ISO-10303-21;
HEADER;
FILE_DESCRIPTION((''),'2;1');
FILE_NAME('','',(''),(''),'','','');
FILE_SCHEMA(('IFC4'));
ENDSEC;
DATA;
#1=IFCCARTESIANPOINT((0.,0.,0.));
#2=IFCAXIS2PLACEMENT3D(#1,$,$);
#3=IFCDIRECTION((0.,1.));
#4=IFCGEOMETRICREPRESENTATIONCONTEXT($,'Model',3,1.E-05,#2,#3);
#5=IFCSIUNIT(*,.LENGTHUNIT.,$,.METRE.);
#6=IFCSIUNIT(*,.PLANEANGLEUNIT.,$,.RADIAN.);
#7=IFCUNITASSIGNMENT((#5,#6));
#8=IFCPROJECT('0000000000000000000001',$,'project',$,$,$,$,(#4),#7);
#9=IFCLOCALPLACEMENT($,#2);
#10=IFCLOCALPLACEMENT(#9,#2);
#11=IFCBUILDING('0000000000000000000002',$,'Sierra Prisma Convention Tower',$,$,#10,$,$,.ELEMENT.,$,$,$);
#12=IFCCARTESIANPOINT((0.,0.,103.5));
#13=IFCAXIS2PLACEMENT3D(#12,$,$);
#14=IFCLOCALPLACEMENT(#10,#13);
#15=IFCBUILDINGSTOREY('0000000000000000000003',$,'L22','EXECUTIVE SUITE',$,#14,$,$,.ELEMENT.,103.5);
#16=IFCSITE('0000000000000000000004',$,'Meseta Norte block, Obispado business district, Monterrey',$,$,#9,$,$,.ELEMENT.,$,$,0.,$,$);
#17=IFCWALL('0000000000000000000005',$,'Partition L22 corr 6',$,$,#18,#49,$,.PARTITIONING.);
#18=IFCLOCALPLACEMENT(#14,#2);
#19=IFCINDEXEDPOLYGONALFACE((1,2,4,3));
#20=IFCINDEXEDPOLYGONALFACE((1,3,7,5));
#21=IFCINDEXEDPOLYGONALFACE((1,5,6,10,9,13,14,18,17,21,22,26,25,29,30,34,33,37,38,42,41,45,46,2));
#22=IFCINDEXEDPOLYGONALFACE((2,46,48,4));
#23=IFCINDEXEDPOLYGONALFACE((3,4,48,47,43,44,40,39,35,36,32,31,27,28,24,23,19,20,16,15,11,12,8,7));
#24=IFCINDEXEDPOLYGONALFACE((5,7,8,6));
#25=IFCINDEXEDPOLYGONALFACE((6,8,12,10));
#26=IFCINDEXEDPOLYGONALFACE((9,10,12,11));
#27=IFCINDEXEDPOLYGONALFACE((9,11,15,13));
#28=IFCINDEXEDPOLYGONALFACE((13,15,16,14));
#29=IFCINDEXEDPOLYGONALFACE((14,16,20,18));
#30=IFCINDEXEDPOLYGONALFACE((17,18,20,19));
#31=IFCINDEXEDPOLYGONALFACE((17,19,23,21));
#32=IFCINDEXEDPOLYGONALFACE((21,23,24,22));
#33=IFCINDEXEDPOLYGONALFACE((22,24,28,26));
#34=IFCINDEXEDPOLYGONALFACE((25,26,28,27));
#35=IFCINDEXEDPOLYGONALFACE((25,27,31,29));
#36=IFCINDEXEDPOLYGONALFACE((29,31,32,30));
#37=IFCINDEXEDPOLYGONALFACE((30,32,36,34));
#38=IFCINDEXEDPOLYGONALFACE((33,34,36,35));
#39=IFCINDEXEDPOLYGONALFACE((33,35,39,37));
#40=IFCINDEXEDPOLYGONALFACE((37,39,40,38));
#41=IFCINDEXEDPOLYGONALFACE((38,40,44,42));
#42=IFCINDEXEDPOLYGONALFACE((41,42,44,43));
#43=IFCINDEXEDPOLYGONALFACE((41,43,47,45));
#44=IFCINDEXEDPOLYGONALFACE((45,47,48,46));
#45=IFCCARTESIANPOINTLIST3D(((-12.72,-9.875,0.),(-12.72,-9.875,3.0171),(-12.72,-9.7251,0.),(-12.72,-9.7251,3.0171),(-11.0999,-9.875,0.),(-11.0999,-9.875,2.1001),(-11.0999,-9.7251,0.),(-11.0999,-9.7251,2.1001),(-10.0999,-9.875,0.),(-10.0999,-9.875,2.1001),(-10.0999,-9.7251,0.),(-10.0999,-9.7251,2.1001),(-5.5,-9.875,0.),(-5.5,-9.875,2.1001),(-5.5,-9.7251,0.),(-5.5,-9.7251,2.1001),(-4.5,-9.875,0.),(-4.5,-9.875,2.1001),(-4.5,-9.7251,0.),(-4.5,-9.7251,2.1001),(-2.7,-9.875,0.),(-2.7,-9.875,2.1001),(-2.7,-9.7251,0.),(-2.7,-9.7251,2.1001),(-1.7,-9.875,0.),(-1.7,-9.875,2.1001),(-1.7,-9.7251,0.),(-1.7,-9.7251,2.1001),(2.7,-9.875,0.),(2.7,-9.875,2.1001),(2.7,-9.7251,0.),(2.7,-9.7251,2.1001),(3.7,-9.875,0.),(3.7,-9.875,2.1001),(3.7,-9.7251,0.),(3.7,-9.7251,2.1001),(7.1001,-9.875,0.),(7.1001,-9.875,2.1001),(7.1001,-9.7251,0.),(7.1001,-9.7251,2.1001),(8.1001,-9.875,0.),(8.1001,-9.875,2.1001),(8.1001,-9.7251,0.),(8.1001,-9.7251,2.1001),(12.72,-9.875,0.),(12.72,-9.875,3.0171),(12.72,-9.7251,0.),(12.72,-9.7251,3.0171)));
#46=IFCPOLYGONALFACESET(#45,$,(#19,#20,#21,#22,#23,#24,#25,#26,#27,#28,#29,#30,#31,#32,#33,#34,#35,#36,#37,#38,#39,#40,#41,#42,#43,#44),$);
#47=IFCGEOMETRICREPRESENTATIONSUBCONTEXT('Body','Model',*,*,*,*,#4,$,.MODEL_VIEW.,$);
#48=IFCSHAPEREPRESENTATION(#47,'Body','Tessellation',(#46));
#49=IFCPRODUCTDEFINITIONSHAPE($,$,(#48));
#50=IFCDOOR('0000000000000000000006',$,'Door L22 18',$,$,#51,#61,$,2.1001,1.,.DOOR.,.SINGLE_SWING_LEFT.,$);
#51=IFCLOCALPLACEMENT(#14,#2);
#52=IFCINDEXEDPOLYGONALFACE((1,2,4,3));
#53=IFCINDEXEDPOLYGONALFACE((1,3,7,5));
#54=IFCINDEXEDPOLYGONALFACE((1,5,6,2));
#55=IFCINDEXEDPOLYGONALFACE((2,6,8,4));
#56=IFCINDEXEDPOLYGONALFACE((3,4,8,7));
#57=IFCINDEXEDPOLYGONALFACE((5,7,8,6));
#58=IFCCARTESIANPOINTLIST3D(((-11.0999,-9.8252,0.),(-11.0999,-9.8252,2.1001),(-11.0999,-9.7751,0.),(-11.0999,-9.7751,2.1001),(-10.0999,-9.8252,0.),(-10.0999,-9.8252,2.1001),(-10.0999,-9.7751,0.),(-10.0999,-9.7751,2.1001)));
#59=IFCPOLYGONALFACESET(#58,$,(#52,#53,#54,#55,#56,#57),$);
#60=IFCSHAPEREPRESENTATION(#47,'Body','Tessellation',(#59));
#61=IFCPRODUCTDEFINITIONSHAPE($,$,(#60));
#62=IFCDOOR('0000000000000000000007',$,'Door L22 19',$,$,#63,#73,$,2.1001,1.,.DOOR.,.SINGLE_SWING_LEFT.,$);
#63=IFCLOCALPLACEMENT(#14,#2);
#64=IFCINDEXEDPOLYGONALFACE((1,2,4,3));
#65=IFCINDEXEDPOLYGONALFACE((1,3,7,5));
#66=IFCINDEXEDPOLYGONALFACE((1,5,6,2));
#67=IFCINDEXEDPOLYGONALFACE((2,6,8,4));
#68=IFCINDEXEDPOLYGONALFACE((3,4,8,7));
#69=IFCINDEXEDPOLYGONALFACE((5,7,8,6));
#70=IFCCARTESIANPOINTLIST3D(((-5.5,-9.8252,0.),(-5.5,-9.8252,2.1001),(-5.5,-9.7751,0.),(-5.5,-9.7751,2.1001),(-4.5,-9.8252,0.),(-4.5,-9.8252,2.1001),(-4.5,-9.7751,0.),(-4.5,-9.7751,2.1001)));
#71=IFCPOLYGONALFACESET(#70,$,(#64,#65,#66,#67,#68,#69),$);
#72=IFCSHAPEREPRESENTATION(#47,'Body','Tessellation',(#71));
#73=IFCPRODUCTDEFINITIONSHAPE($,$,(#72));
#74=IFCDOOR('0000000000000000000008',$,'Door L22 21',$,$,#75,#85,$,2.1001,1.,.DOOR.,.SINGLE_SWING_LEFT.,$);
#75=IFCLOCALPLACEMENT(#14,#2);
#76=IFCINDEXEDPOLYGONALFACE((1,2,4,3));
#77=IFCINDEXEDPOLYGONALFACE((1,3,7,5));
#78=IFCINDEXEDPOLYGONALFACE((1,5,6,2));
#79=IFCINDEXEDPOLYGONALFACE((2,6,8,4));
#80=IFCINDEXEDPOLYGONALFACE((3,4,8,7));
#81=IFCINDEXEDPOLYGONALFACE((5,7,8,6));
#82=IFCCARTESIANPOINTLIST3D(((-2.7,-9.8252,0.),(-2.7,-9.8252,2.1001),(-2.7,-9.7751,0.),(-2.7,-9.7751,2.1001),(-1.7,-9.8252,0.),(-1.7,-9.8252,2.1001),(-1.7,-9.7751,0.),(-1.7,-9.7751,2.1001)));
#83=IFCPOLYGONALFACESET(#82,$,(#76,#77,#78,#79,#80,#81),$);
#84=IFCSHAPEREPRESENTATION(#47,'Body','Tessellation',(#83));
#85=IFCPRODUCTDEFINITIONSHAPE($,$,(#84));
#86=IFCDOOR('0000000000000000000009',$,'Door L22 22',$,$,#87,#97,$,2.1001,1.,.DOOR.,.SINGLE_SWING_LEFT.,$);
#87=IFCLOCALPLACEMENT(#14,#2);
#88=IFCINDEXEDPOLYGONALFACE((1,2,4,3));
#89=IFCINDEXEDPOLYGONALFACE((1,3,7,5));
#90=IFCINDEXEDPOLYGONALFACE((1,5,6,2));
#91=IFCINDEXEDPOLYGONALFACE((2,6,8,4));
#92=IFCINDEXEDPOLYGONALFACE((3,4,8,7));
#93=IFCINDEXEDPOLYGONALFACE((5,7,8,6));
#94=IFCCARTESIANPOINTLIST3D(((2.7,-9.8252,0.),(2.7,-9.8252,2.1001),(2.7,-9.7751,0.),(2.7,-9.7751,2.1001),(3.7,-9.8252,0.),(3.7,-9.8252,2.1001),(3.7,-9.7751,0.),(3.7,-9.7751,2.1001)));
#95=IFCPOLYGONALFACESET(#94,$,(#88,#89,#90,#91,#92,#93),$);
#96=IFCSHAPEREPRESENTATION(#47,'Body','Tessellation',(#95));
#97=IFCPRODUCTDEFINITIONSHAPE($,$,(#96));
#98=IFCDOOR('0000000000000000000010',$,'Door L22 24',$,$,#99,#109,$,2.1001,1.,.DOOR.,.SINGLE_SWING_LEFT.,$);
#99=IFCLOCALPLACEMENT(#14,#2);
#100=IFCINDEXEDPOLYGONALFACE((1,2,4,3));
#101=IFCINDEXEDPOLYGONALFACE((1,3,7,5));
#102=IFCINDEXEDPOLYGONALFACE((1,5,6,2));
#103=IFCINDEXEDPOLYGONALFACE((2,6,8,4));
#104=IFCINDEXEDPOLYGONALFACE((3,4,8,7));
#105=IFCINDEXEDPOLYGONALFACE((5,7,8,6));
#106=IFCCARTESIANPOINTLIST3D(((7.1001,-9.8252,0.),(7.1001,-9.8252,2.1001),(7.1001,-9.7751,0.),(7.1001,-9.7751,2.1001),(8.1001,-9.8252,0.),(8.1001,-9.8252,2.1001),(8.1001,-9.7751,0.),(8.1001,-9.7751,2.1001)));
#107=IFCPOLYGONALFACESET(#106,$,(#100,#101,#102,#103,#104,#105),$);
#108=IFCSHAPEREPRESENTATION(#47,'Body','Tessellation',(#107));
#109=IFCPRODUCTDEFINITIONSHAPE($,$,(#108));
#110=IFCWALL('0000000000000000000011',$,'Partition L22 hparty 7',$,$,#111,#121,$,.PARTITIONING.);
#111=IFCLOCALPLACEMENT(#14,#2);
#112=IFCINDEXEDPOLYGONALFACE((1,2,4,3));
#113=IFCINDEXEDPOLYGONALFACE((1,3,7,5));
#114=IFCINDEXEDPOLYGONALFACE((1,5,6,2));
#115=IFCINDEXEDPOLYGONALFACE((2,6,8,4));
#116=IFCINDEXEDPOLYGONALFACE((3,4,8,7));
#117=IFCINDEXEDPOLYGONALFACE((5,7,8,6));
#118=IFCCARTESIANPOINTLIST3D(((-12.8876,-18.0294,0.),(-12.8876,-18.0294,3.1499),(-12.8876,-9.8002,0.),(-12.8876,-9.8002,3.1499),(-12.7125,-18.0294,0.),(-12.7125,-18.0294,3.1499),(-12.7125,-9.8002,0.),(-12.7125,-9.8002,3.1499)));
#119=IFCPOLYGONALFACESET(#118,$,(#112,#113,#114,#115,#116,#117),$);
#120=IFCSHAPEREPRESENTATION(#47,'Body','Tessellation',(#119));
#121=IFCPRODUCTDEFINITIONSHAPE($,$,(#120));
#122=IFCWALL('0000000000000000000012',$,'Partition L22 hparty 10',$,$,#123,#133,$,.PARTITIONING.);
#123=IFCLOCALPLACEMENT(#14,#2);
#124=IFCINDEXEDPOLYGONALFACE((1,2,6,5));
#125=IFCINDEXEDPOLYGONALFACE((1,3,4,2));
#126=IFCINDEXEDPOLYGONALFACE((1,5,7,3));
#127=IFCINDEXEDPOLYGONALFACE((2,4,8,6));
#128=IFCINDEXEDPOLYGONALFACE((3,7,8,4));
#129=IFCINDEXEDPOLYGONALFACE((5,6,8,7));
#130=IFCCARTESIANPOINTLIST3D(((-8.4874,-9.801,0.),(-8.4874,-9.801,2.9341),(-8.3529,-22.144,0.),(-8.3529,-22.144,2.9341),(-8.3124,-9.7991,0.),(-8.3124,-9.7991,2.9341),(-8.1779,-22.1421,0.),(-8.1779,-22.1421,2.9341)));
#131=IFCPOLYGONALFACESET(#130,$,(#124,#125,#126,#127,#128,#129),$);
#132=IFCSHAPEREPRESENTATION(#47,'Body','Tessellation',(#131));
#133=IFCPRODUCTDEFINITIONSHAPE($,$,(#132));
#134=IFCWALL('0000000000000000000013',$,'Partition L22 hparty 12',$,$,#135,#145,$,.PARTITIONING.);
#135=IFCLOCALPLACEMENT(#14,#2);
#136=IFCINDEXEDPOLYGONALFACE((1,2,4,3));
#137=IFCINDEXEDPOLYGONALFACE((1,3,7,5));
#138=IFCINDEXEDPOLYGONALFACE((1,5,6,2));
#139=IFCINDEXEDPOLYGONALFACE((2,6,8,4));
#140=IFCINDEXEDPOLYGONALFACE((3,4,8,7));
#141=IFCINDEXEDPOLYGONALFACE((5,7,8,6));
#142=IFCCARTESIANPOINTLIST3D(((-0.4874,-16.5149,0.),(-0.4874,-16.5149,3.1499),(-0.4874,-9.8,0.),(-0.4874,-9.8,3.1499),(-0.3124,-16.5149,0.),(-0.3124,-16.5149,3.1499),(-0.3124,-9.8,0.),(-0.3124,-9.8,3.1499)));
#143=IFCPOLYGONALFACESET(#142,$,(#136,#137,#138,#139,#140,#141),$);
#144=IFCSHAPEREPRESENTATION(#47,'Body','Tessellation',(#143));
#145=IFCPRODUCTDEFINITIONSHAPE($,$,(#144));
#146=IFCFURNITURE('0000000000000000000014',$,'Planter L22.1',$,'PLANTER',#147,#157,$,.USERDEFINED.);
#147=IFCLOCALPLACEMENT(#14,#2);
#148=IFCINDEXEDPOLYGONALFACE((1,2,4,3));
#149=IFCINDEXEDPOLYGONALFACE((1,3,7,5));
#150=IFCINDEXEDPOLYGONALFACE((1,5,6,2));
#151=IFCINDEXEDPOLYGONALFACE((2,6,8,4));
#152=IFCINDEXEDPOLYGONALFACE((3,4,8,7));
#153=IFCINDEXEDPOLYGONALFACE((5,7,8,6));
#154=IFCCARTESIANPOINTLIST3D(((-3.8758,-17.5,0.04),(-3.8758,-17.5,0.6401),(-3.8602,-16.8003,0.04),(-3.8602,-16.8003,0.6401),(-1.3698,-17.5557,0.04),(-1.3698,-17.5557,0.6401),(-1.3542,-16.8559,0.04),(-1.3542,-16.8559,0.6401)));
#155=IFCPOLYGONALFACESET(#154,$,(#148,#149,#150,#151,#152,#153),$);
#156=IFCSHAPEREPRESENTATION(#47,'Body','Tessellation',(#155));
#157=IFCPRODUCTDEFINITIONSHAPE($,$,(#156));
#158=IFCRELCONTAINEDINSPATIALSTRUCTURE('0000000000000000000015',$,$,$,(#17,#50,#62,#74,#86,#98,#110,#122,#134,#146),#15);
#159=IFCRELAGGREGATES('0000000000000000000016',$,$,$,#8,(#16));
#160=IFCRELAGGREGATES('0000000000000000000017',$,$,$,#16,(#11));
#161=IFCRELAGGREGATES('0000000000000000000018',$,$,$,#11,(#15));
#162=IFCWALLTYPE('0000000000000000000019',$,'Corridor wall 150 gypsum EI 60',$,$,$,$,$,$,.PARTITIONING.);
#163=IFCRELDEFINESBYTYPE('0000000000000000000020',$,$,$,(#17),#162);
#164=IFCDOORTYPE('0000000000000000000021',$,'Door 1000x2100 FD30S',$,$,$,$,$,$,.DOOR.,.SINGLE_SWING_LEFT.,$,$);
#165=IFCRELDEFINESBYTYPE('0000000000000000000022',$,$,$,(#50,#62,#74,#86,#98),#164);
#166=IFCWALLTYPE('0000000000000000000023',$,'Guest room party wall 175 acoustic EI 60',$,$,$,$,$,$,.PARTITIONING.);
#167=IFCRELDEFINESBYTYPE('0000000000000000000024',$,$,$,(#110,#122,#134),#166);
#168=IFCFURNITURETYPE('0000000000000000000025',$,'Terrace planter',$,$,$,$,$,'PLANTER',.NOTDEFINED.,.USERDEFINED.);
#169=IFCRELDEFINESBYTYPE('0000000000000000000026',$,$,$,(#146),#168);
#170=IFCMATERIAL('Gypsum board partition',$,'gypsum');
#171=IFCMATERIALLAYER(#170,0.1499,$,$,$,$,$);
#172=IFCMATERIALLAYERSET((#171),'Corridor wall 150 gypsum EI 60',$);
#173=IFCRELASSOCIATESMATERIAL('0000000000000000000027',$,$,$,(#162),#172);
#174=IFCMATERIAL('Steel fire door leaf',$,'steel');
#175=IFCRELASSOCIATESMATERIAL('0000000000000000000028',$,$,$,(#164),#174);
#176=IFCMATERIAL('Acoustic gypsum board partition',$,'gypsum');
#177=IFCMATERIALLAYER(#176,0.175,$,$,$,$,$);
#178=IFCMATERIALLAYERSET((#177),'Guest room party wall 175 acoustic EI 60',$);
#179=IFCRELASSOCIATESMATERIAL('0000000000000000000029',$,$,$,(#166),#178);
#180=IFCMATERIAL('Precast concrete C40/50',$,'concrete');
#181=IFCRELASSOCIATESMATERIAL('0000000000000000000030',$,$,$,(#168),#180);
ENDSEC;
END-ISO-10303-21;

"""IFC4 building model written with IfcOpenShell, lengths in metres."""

from ifc_helpers import new_model, si_unit, direction, frame, frame_2d, origin, origin_2d, place, context, subcontext, project, spatial, rectangle, extrude, material, layer, layer_set, type_object, element, fill, save


model = new_model("IFC4")

# Units and contexts
model_context = context("Model", 3, precision=1e-05, world=origin(), true_north=direction((0.0, 1.0)))
body_context = subcontext(model_context, "Body", "Model", "MODEL_VIEW")
ifc_project = project(units=[si_unit("LENGTHUNIT", "METRE"), si_unit("PLANEANGLEUNIT", "RADIAN")], contexts=[model_context])

# Site, building, storey
site_placement = place(None, origin())
site = spatial("IfcSite", under=ifc_project, at=site_placement, Name="Meseta Norte block, Obispado business district, Monterrey", CompositionType="ELEMENT", RefElevation=0.0)
building_placement = place(site_placement, origin())
building = spatial("IfcBuilding", under=site, at=building_placement, Name="Sierra Prisma Convention Tower", CompositionType="ELEMENT")
storey_placement = place(building_placement, frame((0.0, 0.0, 103.5)))
storey = spatial("IfcBuildingStorey", under=building, at=storey_placement, Name="L22", Description="EXECUTIVE SUITE", CompositionType="ELEMENT", Elevation=103.5)

# Wall, openings, doors
ifc_material_1 = material(Name="Gypsum board partition", Category="gypsum")
ifc_layer_1 = layer(ifc_material_1, 0.1499)
ifc_layer_set_1 = layer_set([ifc_layer_1], Name="Corridor wall 150 gypsum EI 60")
wall_type_1 = type_object("IfcWallType", Name="Corridor wall 150 gypsum EI 60", PredefinedType="PARTITIONING", material=ifc_layer_set_1)
wall_1_placement = place(storey_placement, frame((-12.72, -9.8, 0.0), z_axis=(0.0, 0.0, 1.0), x_axis=(1.0, 0.0, 0.0)))
wall_1 = element("IfcWall", 1, at=wall_1_placement, inside=storey, type_object=wall_type_1, Name="Partition L22 corr 6", PredefinedType="PARTITIONING", context=body_context, shape_type="SweptSolid", body=[
    extrude(rectangle(XDim=25.4399, YDim=0.1499, at=frame_2d((12.72, 0.0))), origin(), (0.0, 0.0, 1.0), 3.0171),
])
opening_1_placement = place(wall_1_placement, frame((1.6201, 0.0, 0.0)))
opening_1 = element("IfcOpeningElement", 2, at=opening_1_placement, cuts=wall_1, PredefinedType="OPENING", context=body_context, shape_type="SweptSolid", body=[
    extrude(rectangle(XDim=1.0, YDim=2.1001, at=frame_2d((0.5, 1.05))), frame((0.0, 0.075, 0.0), z_axis=(0.0, -1.0, 0.0), x_axis=(1.0, 0.0, 0.0)), (0.0, 0.0, 1.0), 0.1499),
])
opening_2_placement = place(wall_1_placement, frame((7.22, 0.0, 0.0)))
opening_2 = element("IfcOpeningElement", 3, at=opening_2_placement, cuts=wall_1, PredefinedType="OPENING", context=body_context, shape_type="SweptSolid", body=[
    extrude(rectangle(XDim=1.0, YDim=2.1001, at=frame_2d((0.5, 1.05))), frame((0.0, 0.075, 0.0), z_axis=(0.0, -1.0, 0.0), x_axis=(1.0, 0.0, 0.0)), (0.0, 0.0, 1.0), 0.1499),
])
opening_3_placement = place(wall_1_placement, frame((10.02, 0.0, 0.0)))
opening_3 = element("IfcOpeningElement", 4, at=opening_3_placement, cuts=wall_1, PredefinedType="OPENING", context=body_context, shape_type="SweptSolid", body=[
    extrude(rectangle(XDim=1.0, YDim=2.1001, at=frame_2d((0.5, 1.05))), frame((0.0, 0.075, 0.0), z_axis=(0.0, -1.0, 0.0), x_axis=(1.0, 0.0, 0.0)), (0.0, 0.0, 1.0), 0.1499),
])
opening_4_placement = place(wall_1_placement, frame((15.4199, 0.0, 0.0)))
opening_4 = element("IfcOpeningElement", 5, at=opening_4_placement, cuts=wall_1, PredefinedType="OPENING", context=body_context, shape_type="SweptSolid", body=[
    extrude(rectangle(XDim=1.0, YDim=2.1001, at=frame_2d((0.5, 1.05))), frame((0.0, 0.075, 0.0), z_axis=(0.0, -1.0, 0.0), x_axis=(1.0, 0.0, 0.0)), (0.0, 0.0, 1.0), 0.1499),
])
opening_5_placement = place(wall_1_placement, frame((19.8201, 0.0, 0.0)))
opening_5 = element("IfcOpeningElement", 6, at=opening_5_placement, cuts=wall_1, PredefinedType="OPENING", context=body_context, shape_type="SweptSolid", body=[
    extrude(rectangle(XDim=1.0, YDim=2.1001, at=frame_2d((0.5, 1.05))), frame((0.0, 0.075, 0.0), z_axis=(0.0, -1.0, 0.0), x_axis=(1.0, 0.0, 0.0)), (0.0, 0.0, 1.0), 0.1499),
])
ifc_material_2 = material(Name="Steel fire door leaf", Category="steel")
door_type_1 = type_object("IfcDoorType", Name="Door 1000x2100 FD30S", OperationType="SINGLE_SWING_LEFT", PredefinedType="DOOR", material=ifc_material_2)
door_1_placement = place(opening_1_placement, origin())
door_1 = element("IfcDoor", 7, at=door_1_placement, inside=storey, type_object=door_type_1, Name="Door L22 18", OperationType="SINGLE_SWING_LEFT", OverallHeight=2.1001, OverallWidth=1.0, PredefinedType="DOOR", context=body_context, shape_type="SweptSolid", body=[
    extrude(rectangle(XDim=1.0, YDim=2.1001, at=frame_2d((0.5, 1.05))), frame((0.0, 0.0249, 0.0), z_axis=(0.0, -1.0, 0.0), x_axis=(1.0, 0.0, 0.0)), (0.0, 0.0, 1.0), 0.05),
])
fill(opening_1, door_1)
door_2_placement = place(opening_2_placement, origin())
door_2 = element("IfcDoor", 8, at=door_2_placement, inside=storey, type_object=door_type_1, Name="Door L22 19", OperationType="SINGLE_SWING_LEFT", OverallHeight=2.1001, OverallWidth=1.0, PredefinedType="DOOR", context=body_context, shape_type="SweptSolid", body=[
    extrude(rectangle(XDim=1.0, YDim=2.1001, at=frame_2d((0.5, 1.05))), frame((0.0, 0.0249, 0.0), z_axis=(0.0, -1.0, 0.0), x_axis=(1.0, 0.0, 0.0)), (0.0, 0.0, 1.0), 0.05),
])
fill(opening_2, door_2)
door_3_placement = place(opening_3_placement, origin())
door_3 = element("IfcDoor", 9, at=door_3_placement, inside=storey, type_object=door_type_1, Name="Door L22 21", OperationType="SINGLE_SWING_LEFT", OverallHeight=2.1001, OverallWidth=1.0, PredefinedType="DOOR", context=body_context, shape_type="SweptSolid", body=[
    extrude(rectangle(XDim=1.0, YDim=2.1001, at=frame_2d((0.5, 1.05))), frame((0.0, 0.0249, 0.0), z_axis=(0.0, -1.0, 0.0), x_axis=(1.0, 0.0, 0.0)), (0.0, 0.0, 1.0), 0.05),
])
fill(opening_3, door_3)
door_4_placement = place(opening_4_placement, origin())
door_4 = element("IfcDoor", 10, at=door_4_placement, inside=storey, type_object=door_type_1, Name="Door L22 22", OperationType="SINGLE_SWING_LEFT", OverallHeight=2.1001, OverallWidth=1.0, PredefinedType="DOOR", context=body_context, shape_type="SweptSolid", body=[
    extrude(rectangle(XDim=1.0, YDim=2.1001, at=frame_2d((0.5, 1.05))), frame((0.0, 0.0249, 0.0), z_axis=(0.0, -1.0, 0.0), x_axis=(1.0, 0.0, 0.0)), (0.0, 0.0, 1.0), 0.05),
])
fill(opening_4, door_4)
door_5_placement = place(opening_5_placement, origin())
door_5 = element("IfcDoor", 11, at=door_5_placement, inside=storey, type_object=door_type_1, Name="Door L22 24", OperationType="SINGLE_SWING_LEFT", OverallHeight=2.1001, OverallWidth=1.0, PredefinedType="DOOR", context=body_context, shape_type="SweptSolid", body=[
    extrude(rectangle(XDim=1.0, YDim=2.1001, at=frame_2d((0.5, 1.05))), frame((0.0, 0.0249, 0.0), z_axis=(0.0, -1.0, 0.0), x_axis=(1.0, 0.0, 0.0)), (0.0, 0.0, 1.0), 0.05),
])
fill(opening_5, door_5)

# Walls
ifc_material_3 = material(Name="Acoustic gypsum board partition", Category="gypsum")
ifc_layer_2 = layer(ifc_material_3, 0.175)
ifc_layer_set_2 = layer_set([ifc_layer_2], Name="Guest room party wall 175 acoustic EI 60")
wall_type_2 = type_object("IfcWallType", Name="Guest room party wall 175 acoustic EI 60", PredefinedType="PARTITIONING", material=ifc_layer_set_2)
wall_2_placement = place(storey_placement, frame((-12.8, -9.8, 0.0), z_axis=(0.0, 0.0, 1.0), x_axis=(0.0, -1.0, 0.0)))
element("IfcWall", 12, at=wall_2_placement, inside=storey, type_object=wall_type_2, Name="Partition L22 hparty 7", PredefinedType="PARTITIONING", context=body_context, shape_type="SweptSolid", body=[
    extrude(rectangle(XDim=8.2292, YDim=0.175, at=frame_2d((4.1147, 0.0))), origin(), (0.0, 0.0, 1.0), 3.1499),
])
wall_3_placement = place(storey_placement, frame((-8.2654, -22.1431, 0.0), z_axis=(0.0, 0.0, 1.0), x_axis=(-0.010898, 0.999941, 0.0)))
element("IfcWall", 13, at=wall_3_placement, inside=storey, type_object=wall_type_2, Name="Partition L22 hparty 10", PredefinedType="PARTITIONING", context=body_context, shape_type="SweptSolid", body=[
    extrude(rectangle(XDim=12.3438, YDim=0.175, at=frame_2d((6.1719, 0.0))), origin(), (0.0, 0.0, 1.0), 2.9341),
])
wall_4_placement = place(storey_placement, frame((-0.3999, -16.5149, 0.0), z_axis=(0.0, 0.0, 1.0), x_axis=(0.0, 1.0, 0.0)))
element("IfcWall", 14, at=wall_4_placement, inside=storey, type_object=wall_type_2, Name="Partition L22 hparty 12", PredefinedType="PARTITIONING", context=body_context, shape_type="SweptSolid", body=[
    extrude(rectangle(XDim=6.7148, YDim=0.175, at=frame_2d((3.3574, 0.0))), origin(), (0.0, 0.0, 1.0), 3.1499),
])

# Furniture
ifc_material_4 = material(Name="Precast concrete C40/50", Category="concrete")
furniture_type = type_object("IfcFurnitureType", Name="Terrace planter", ElementType="PLANTER", AssemblyPlace="NOTDEFINED", PredefinedType="USERDEFINED", material=ifc_material_4)
furniture_placement = place(storey_placement, frame((-2.615, -17.178, 0.04), z_axis=(0.0, 0.0, 1.0), x_axis=(0.999753, -0.022211, 0.0)))
element("IfcFurniture", 15, at=furniture_placement, inside=storey, type_object=furniture_type, Name="Planter L22.1", ObjectType="PLANTER", PredefinedType="USERDEFINED", context=body_context, shape_type="SweptSolid", body=[
    extrude(rectangle(XDim=2.5066, YDim=0.7, at=origin_2d()), origin(), (0.0, 0.0, 1.0), 0.6001),
])

save(model, "model.ifc")
